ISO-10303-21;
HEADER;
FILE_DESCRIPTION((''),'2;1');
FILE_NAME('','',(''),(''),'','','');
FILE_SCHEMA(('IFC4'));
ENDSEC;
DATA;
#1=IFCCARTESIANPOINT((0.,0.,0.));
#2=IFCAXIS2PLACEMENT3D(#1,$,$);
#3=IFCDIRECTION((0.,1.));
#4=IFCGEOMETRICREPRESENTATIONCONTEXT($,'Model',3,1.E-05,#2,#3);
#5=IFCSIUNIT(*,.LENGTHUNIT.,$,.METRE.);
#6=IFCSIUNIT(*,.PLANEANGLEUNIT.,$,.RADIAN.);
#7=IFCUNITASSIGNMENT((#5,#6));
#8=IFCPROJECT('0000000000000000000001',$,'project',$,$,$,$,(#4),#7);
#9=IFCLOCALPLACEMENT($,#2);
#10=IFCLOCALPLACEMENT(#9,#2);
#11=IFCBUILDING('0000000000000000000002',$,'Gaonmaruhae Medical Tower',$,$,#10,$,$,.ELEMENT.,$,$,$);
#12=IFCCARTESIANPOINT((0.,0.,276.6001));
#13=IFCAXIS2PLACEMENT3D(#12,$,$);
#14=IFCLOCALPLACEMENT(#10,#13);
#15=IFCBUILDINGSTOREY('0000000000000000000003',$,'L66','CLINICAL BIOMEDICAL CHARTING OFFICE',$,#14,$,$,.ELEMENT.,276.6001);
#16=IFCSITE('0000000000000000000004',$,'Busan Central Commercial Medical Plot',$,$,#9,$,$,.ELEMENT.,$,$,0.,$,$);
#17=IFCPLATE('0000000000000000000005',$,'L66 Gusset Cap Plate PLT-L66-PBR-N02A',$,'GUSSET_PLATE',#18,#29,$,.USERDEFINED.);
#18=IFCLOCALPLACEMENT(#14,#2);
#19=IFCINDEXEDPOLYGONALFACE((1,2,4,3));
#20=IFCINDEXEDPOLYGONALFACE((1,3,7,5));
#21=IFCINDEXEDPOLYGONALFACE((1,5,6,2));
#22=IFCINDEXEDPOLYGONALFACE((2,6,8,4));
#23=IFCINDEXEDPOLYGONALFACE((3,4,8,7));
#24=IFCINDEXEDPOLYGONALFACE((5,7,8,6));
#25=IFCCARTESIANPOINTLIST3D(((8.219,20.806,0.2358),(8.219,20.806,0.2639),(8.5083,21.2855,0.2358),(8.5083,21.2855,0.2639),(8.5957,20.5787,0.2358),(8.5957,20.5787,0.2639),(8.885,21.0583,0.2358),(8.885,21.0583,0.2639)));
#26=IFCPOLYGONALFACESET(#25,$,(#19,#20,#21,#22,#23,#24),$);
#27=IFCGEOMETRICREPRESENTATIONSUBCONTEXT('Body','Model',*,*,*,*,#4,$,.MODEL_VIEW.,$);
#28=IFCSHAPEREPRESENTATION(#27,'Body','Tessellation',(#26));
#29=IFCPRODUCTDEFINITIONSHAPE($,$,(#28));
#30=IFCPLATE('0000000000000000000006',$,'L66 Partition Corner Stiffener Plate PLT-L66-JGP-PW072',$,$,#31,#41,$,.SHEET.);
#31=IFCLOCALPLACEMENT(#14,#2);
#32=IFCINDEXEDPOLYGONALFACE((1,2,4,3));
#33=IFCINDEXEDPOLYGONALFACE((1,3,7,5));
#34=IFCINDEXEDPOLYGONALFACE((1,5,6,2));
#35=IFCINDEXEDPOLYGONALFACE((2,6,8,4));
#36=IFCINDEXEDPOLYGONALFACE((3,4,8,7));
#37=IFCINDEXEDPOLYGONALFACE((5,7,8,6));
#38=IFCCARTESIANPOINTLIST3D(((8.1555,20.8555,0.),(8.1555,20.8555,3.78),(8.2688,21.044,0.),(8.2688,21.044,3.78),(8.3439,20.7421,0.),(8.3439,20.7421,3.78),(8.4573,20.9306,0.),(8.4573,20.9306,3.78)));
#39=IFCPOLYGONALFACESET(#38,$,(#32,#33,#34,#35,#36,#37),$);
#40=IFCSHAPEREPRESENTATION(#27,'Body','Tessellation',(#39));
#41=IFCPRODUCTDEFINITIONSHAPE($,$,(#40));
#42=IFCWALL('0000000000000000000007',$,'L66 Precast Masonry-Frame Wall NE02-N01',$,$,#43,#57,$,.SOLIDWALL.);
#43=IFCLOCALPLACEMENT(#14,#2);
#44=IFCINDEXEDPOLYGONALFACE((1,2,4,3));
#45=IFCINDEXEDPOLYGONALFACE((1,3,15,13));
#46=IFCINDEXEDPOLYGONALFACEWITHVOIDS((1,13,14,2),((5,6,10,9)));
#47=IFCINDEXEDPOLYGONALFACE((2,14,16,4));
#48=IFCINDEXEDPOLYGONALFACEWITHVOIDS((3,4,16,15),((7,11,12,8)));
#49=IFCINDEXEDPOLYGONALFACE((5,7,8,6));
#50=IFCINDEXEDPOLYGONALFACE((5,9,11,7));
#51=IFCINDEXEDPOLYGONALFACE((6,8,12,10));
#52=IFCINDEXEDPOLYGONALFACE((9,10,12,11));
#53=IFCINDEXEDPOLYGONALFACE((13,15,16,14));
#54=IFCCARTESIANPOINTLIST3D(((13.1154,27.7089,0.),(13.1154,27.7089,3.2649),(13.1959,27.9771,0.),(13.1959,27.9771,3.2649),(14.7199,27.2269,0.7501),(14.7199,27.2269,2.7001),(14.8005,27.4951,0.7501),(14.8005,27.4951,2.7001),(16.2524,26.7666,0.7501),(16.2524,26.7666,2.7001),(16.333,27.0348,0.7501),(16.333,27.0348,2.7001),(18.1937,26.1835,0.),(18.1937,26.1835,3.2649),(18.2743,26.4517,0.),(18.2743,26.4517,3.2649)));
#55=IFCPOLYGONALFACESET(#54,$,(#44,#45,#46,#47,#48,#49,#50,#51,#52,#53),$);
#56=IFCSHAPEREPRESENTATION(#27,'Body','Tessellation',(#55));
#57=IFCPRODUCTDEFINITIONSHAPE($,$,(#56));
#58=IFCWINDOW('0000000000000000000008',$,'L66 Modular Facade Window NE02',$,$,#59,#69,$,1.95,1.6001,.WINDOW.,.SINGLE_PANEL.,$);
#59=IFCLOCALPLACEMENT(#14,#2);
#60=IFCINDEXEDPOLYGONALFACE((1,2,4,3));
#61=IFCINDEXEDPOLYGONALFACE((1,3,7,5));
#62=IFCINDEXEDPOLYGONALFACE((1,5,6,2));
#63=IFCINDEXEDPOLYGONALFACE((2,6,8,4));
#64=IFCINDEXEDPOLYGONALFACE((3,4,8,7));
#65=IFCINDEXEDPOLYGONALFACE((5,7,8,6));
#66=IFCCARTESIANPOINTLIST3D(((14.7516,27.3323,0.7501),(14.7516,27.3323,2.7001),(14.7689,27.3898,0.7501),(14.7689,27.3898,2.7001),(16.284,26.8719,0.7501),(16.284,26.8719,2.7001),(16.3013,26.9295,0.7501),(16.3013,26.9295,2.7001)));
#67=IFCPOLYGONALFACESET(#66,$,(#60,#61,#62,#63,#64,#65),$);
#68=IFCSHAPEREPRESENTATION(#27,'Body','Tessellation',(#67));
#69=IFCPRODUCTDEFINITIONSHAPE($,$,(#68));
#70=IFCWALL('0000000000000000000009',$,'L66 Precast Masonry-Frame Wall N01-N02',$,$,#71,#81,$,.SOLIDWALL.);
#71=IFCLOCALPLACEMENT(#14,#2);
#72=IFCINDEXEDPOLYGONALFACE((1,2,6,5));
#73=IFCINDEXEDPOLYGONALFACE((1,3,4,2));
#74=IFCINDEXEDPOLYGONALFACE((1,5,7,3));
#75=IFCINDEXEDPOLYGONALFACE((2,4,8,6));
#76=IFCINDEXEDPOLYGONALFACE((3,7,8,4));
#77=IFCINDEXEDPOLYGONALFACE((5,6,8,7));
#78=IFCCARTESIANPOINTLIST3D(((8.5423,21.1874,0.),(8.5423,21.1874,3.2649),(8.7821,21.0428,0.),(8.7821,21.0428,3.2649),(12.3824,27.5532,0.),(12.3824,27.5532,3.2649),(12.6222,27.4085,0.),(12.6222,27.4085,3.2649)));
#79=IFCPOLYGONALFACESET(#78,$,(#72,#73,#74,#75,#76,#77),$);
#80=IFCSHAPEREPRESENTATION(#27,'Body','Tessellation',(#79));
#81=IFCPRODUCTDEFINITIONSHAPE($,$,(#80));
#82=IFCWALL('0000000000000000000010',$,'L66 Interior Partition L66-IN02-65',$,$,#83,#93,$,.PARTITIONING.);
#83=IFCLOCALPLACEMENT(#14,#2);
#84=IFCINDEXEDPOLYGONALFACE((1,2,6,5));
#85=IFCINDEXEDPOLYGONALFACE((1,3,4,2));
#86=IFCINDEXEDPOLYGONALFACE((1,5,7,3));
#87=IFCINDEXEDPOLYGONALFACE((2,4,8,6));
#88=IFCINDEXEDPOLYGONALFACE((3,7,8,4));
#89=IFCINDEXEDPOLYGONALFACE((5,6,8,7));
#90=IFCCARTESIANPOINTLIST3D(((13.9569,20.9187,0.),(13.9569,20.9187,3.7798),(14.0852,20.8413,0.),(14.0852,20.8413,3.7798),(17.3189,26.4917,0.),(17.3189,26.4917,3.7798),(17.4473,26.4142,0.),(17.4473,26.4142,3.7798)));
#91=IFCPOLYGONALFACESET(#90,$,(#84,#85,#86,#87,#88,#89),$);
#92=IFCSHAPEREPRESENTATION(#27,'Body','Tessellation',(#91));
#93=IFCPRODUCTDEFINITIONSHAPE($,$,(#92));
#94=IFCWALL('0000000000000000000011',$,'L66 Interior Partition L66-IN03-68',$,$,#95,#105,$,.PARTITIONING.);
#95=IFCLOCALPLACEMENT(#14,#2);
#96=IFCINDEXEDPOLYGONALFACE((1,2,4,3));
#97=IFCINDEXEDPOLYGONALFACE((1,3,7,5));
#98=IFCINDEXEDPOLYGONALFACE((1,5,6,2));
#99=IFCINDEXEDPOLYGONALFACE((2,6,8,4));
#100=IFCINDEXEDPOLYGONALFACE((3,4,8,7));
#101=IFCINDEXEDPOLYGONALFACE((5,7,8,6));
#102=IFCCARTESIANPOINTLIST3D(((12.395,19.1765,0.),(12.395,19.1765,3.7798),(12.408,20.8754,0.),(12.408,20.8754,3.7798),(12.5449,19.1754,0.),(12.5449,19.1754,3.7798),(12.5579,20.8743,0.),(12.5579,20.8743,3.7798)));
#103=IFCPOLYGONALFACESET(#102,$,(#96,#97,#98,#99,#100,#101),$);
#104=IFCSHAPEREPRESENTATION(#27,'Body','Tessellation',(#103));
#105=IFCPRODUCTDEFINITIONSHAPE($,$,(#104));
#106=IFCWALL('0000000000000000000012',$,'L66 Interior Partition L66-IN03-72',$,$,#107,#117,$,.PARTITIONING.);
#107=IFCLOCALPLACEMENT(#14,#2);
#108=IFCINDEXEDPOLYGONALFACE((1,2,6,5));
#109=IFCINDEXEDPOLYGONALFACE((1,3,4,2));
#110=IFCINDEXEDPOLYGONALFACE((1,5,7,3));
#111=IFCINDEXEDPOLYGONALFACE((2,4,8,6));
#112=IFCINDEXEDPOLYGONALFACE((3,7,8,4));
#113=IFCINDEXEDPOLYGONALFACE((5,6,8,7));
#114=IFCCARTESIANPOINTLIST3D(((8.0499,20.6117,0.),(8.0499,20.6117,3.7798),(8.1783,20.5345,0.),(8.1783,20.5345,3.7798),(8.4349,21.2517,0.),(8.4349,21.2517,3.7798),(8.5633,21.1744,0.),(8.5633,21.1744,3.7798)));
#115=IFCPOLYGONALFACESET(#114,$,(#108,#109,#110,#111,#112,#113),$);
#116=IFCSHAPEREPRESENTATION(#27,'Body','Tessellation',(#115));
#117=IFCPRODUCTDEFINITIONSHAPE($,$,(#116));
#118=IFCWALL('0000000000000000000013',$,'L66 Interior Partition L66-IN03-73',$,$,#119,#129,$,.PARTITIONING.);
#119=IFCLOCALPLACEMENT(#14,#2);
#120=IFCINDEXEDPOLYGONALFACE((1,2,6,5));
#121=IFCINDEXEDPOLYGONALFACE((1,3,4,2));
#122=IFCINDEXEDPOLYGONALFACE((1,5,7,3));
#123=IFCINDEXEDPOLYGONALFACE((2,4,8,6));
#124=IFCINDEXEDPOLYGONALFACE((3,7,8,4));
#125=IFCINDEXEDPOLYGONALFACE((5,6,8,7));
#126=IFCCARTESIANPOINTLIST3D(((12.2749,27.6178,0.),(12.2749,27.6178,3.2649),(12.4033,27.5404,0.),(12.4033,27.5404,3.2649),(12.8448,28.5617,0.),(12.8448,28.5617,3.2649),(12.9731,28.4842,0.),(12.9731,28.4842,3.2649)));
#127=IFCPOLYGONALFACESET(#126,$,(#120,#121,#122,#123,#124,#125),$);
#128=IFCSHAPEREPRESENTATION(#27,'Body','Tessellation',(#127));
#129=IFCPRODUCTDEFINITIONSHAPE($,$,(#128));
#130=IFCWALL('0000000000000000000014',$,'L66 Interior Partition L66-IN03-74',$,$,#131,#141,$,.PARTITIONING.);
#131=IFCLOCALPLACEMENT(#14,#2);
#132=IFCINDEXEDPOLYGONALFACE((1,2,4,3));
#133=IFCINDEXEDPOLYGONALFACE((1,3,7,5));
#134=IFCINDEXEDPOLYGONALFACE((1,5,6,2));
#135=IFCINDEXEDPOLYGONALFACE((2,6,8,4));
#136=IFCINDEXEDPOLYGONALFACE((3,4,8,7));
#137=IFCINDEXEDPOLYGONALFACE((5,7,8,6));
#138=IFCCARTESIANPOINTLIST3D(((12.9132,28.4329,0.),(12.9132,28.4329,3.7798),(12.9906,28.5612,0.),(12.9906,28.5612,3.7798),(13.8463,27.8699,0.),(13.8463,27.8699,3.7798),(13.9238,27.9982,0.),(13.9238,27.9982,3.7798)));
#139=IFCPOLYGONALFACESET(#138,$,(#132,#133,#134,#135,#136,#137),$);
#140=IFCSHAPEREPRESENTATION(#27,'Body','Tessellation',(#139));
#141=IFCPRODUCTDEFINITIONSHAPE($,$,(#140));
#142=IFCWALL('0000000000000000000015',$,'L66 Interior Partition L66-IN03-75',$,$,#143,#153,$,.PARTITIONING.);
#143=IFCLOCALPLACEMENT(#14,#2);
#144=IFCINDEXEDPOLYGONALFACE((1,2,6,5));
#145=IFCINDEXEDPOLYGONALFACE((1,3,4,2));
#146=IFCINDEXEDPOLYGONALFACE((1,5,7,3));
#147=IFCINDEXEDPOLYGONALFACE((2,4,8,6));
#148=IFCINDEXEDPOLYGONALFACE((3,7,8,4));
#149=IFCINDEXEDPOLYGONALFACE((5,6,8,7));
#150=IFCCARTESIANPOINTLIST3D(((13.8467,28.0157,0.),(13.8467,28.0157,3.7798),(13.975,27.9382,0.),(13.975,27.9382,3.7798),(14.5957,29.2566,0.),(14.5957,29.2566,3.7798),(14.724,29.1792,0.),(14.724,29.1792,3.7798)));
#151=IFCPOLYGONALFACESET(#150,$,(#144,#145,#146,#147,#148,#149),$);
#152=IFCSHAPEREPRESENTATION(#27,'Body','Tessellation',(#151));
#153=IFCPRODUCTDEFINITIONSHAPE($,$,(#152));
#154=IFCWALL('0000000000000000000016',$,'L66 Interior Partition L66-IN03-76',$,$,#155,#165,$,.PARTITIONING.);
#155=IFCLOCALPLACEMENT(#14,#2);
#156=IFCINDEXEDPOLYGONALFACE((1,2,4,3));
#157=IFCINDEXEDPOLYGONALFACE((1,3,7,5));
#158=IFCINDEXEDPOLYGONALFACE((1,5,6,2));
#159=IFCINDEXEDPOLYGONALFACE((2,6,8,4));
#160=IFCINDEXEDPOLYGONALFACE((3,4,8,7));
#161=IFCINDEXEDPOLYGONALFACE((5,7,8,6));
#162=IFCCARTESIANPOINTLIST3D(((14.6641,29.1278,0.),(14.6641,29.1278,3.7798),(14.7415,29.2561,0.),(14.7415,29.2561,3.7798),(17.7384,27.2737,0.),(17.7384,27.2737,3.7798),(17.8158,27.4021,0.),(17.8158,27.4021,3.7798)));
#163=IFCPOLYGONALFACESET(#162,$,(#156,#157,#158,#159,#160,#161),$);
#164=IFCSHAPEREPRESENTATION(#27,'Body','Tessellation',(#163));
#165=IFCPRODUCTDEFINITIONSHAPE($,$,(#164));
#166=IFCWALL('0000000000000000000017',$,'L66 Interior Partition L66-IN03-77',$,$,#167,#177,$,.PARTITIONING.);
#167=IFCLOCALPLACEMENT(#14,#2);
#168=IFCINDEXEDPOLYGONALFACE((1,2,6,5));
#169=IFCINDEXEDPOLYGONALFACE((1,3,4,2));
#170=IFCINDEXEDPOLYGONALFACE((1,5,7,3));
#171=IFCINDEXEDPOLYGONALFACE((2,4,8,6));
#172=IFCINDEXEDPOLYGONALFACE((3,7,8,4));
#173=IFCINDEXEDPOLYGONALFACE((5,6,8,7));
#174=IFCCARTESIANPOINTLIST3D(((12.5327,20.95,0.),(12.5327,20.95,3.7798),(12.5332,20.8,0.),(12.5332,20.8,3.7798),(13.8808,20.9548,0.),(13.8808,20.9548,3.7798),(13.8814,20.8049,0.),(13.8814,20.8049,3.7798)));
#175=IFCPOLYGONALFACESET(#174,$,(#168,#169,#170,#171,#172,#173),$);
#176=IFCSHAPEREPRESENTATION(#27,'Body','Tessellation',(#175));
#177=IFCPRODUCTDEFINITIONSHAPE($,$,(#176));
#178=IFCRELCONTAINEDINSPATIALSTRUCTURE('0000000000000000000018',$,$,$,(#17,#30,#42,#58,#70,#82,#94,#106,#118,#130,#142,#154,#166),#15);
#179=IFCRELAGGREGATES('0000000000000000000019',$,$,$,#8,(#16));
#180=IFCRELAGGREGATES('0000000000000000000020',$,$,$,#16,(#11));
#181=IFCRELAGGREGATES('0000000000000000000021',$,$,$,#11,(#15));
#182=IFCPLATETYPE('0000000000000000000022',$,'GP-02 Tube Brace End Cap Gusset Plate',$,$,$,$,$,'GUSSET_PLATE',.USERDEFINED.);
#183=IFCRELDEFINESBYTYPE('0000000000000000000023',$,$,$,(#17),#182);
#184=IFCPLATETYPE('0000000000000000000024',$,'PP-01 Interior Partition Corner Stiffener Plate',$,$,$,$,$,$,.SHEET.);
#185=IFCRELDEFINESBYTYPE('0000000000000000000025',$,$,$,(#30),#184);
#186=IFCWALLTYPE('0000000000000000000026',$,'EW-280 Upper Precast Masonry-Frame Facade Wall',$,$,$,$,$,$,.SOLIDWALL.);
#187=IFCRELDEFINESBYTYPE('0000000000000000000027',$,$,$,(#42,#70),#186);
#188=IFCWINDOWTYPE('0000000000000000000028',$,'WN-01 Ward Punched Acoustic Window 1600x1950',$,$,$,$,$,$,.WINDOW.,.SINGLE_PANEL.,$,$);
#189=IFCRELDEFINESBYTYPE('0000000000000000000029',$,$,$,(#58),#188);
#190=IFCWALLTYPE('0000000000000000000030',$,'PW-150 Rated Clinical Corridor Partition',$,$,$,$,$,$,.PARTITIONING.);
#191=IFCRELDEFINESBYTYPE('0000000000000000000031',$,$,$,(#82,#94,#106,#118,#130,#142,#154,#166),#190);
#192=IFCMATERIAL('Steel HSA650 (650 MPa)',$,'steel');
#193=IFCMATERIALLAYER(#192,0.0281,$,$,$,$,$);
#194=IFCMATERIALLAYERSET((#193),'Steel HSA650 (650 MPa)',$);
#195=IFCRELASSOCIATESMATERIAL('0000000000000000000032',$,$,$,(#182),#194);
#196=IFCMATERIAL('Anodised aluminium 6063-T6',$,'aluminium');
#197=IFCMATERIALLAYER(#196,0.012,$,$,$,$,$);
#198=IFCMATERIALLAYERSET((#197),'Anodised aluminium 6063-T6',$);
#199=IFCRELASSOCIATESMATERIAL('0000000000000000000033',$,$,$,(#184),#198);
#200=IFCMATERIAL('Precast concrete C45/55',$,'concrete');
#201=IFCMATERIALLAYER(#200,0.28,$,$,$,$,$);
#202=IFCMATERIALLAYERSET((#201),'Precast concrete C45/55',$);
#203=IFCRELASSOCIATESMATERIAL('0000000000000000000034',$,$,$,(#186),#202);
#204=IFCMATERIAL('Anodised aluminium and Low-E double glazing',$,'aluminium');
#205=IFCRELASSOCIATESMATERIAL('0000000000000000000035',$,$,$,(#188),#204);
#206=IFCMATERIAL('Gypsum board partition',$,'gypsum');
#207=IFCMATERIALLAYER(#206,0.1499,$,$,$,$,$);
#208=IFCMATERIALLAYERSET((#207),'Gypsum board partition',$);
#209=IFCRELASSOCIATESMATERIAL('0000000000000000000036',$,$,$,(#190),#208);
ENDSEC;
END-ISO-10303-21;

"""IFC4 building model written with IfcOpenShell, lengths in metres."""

from ifc_helpers import new_model, si_unit, direction, frame, frame_2d, origin, origin_2d, place, context, subcontext, project, spatial, rectangle, extrude, material, layer, layer_set, type_object, element, fill, save


model = new_model("IFC4")

# Units and contexts
model_context = context("Model", 3, precision=1e-05, world=origin(), true_north=direction((0.0, 1.0)))
body_context = subcontext(model_context, "Body", "Model", "MODEL_VIEW")
ifc_project = project(units=[si_unit("LENGTHUNIT", "METRE"), si_unit("PLANEANGLEUNIT", "RADIAN")], contexts=[model_context])

# Site, building, storey
site_placement = place(None, origin())
site = spatial("IfcSite", under=ifc_project, at=site_placement, Name="Busan Central Commercial Medical Plot", CompositionType="ELEMENT", RefElevation=0.0)
building_placement = place(site_placement, origin())
building = spatial("IfcBuilding", under=site, at=building_placement, Name="Gaonmaruhae Medical Tower", CompositionType="ELEMENT")
storey_placement = place(building_placement, frame((0.0, 0.0, 276.6001)))
storey = spatial("IfcBuildingStorey", under=building, at=storey_placement, Name="L66", Description="CLINICAL BIOMEDICAL CHARTING OFFICE", CompositionType="ELEMENT", Elevation=276.6001)

# Plates
ifc_material_1 = material(Name="Steel HSA650 (650 MPa)", Category="steel")
ifc_layer_1 = layer(ifc_material_1, 0.0281)
ifc_layer_set_1 = layer_set([ifc_layer_1], Name="Steel HSA650 (650 MPa)")
plate_type_1 = type_object("IfcPlateType", Name="GP-02 Tube Brace End Cap Gusset Plate", ElementType="GUSSET_PLATE", PredefinedType="USERDEFINED", material=ifc_layer_set_1)
plate_1_placement = place(storey_placement, frame((8.552, 20.9321, 0.2358), z_axis=(0.0, 0.0, 1.0), x_axis=(0.516533, 0.856267, 0.0)))
element("IfcPlate", 1, at=plate_1_placement, inside=storey, type_object=plate_type_1, Name="L66 Gusset Cap Plate PLT-L66-PBR-N02A", ObjectType="GUSSET_PLATE", PredefinedType="USERDEFINED", context=body_context, shape_type="SweptSolid", body=[
    extrude(rectangle(XDim=0.5601, YDim=0.4399, at=origin_2d()), origin(), (0.0, 0.0, 1.0), 0.0281),
])
ifc_material_2 = material(Name="Anodised aluminium 6063-T6", Category="aluminium")
ifc_layer_2 = layer(ifc_material_2, 0.012)
ifc_layer_set_2 = layer_set([ifc_layer_2], Name="Anodised aluminium 6063-T6")
plate_type_2 = type_object("IfcPlateType", Name="PP-01 Interior Partition Corner Stiffener Plate", PredefinedType="SHEET", material=ifc_layer_set_2)
plate_2_placement = place(storey_placement, frame((8.3064, 20.8931, 0.0), z_axis=(0.0, 0.0, 1.0), x_axis=(0.515487, 0.856898, 0.0)))
element("IfcPlate", 2, at=plate_2_placement, inside=storey, type_object=plate_type_2, Name="L66 Partition Corner Stiffener Plate PLT-L66-JGP-PW072", PredefinedType="SHEET", context=body_context, shape_type="SweptSolid", body=[
    extrude(rectangle(XDim=0.22, YDim=0.22, at=origin_2d()), origin(), (0.0, 0.0, 1.0), 3.78),
])

# Wall, opening, window
ifc_material_3 = material(Name="Precast concrete C45/55", Category="concrete")
ifc_layer_3 = layer(ifc_material_3, 0.28)
ifc_layer_set_3 = layer_set([ifc_layer_3], Name="Precast concrete C45/55")
wall_type_1 = type_object("IfcWallType", Name="EW-280 Upper Precast Masonry-Frame Facade Wall", PredefinedType="SOLIDWALL", material=ifc_layer_set_3)
wall_1_placement = place(storey_placement, frame((13.1555, 27.843, 0.0), z_axis=(0.0, 0.0, 1.0), x_axis=(0.957729, -0.287673, 0.0)))
wall_1 = element("IfcWall", 3, at=wall_1_placement, inside=storey, type_object=wall_type_1, Name="L66 Precast Masonry-Frame Wall NE02-N01", PredefinedType="SOLIDWALL", context=body_context, shape_type="SweptSolid", body=[
    extrude(rectangle(XDim=5.3025, YDim=0.28, at=frame_2d((2.6514, 0.0))), origin(), (0.0, 0.0, 1.0), 3.2649),
])
opening_placement = place(wall_1_placement, frame((1.6755, 0.0, 0.75)))
opening = element("IfcOpeningElement", 4, at=opening_placement, cuts=wall_1, PredefinedType="OPENING", context=body_context, shape_type="SweptSolid", body=[
    extrude(rectangle(XDim=1.6001, YDim=1.95, at=frame_2d((0.8, 0.9751))), frame((0.0, 0.1499, 0.0), z_axis=(0.0, -1.0, 0.0), x_axis=(1.0, 0.0, 0.0)), (0.0, 0.0, 1.0), 0.3),
])
ifc_material_4 = material(Name="Anodised aluminium and Low-E double glazing", Category="aluminium")
window_type = type_object("IfcWindowType", Name="WN-01 Ward Punched Acoustic Window 1600x1950", PartitioningType="SINGLE_PANEL", PredefinedType="WINDOW", material=ifc_material_4)
window_placement = place(opening_placement, origin())
window = element("IfcWindow", 5, at=window_placement, inside=storey, type_object=window_type, Name="L66 Modular Facade Window NE02", OverallHeight=1.95, OverallWidth=1.6001, PartitioningType="SINGLE_PANEL", PredefinedType="WINDOW", context=body_context, shape_type="SweptSolid", body=[
    extrude(rectangle(XDim=1.6001, YDim=1.95, at=frame_2d((0.8, 0.9751))), frame((0.0, 0.03, 0.0), z_axis=(0.0, -1.0, 0.0), x_axis=(1.0, 0.0, 0.0)), (0.0, 0.0, 1.0), 0.0601),
])
fill(opening, window)

# Walls
wall_2_placement = place(storey_placement, frame((8.6621, 21.115, 0.0), z_axis=(0.0, 0.0, 1.0), x_axis=(0.516537, 0.856265, 0.0)))
element("IfcWall", 6, at=wall_2_placement, inside=storey, type_object=wall_type_1, Name="L66 Precast Masonry-Frame Wall N01-N02", PredefinedType="SOLIDWALL", context=body_context, shape_type="SweptSolid", body=[
    extrude(rectangle(XDim=7.4343, YDim=0.28, at=frame_2d((3.7173, 0.0))), origin(), (0.0, 0.0, 1.0), 3.2649),
])
ifc_material_5 = material(Name="Gypsum board partition", Category="gypsum")
ifc_layer_4 = layer(ifc_material_5, 0.1499)
ifc_layer_set_4 = layer_set([ifc_layer_4], Name="Gypsum board partition")
wall_type_2 = type_object("IfcWallType", Name="PW-150 Rated Clinical Corridor Partition", PredefinedType="PARTITIONING", material=ifc_layer_set_4)
wall_3_placement = place(storey_placement, frame((14.021, 20.8799, 0.0), z_axis=(0.0, 0.0, 1.0), x_axis=(0.516557, 0.856253, 0.0)))
element("IfcWall", 7, at=wall_3_placement, inside=storey, type_object=wall_type_2, Name="L66 Interior Partition L66-IN02-65", PredefinedType="PARTITIONING", context=body_context, shape_type="SweptSolid", body=[
    extrude(rectangle(XDim=6.5085, YDim=0.1499, at=frame_2d((3.2544, 0.0))), origin(), (0.0, 0.0, 1.0), 3.7798),
])
wall_4_placement = place(storey_placement, frame((12.4829, 20.875, 0.0), z_axis=(0.0, 0.0, 1.0), x_axis=(-0.007616, -0.999971, 0.0)))
element("IfcWall", 8, at=wall_4_placement, inside=storey, type_object=wall_type_2, Name="L66 Interior Partition L66-IN03-68", PredefinedType="PARTITIONING", context=body_context, shape_type="SweptSolid", body=[
    extrude(rectangle(XDim=1.699, YDim=0.1499, at=frame_2d((0.8496, 0.0))), origin(), (0.0, 0.0, 1.0), 3.7798),
])
wall_5_placement = place(storey_placement, frame((8.114, 20.573, 0.0), z_axis=(0.0, 0.0, 1.0), x_axis=(0.515553, 0.856858, 0.0)))
element("IfcWall", 9, at=wall_5_placement, inside=storey, type_object=wall_type_2, Name="L66 Interior Partition L66-IN03-72", PredefinedType="PARTITIONING", context=body_context, shape_type="SweptSolid", body=[
    extrude(rectangle(XDim=0.7468, YDim=0.1499, at=frame_2d((0.3735, 0.0))), origin(), (0.0, 0.0, 1.0), 3.7798),
])
wall_6_placement = place(storey_placement, frame((12.3391, 27.5791, 0.0), z_axis=(0.0, 0.0, 1.0), x_axis=(0.516838, 0.856083, 0.0)))
element("IfcWall", 10, at=wall_6_placement, inside=storey, type_object=wall_type_2, Name="L66 Interior Partition L66-IN03-73", PredefinedType="PARTITIONING", context=body_context, shape_type="SweptSolid", body=[
    extrude(rectangle(XDim=1.1025, YDim=0.1499, at=frame_2d((0.5513, 0.0))), origin(), (0.0, 0.0, 1.0), 3.2649),
])
wall_7_placement = place(storey_placement, frame((12.9519, 28.4971, 0.0), z_axis=(0.0, 0.0, 1.0), x_axis=(0.856225, -0.516603, 0.0)))
element("IfcWall", 11, at=wall_7_placement, inside=storey, type_object=wall_type_2, Name="L66 Interior Partition L66-IN03-74", PredefinedType="PARTITIONING", context=body_context, shape_type="SweptSolid", body=[
    extrude(rectangle(XDim=1.0898, YDim=0.1499, at=frame_2d((0.5449, 0.0))), origin(), (0.0, 0.0, 1.0), 3.7798),
])
wall_8_placement = place(storey_placement, frame((13.9109, 27.9771, 0.0), z_axis=(0.0, 0.0, 1.0), x_axis=(0.516748, 0.856138, 0.0)))
element("IfcWall", 12, at=wall_8_placement, inside=storey, type_object=wall_type_2, Name="L66 Interior Partition L66-IN03-75", PredefinedType="PARTITIONING", context=body_context, shape_type="SweptSolid", body=[
    extrude(rectangle(XDim=1.4495, YDim=0.1499, at=frame_2d((0.7246, 0.0))), origin(), (0.0, 0.0, 1.0), 3.7798),
])
wall_9_placement = place(storey_placement, frame((14.7029, 29.1919, 0.0), z_axis=(0.0, 0.0, 1.0), x_axis=(0.856327, -0.516435, 0.0)))
element("IfcWall", 13, at=wall_9_placement, inside=storey, type_object=wall_type_2, Name="L66 Interior Partition L66-IN03-76", PredefinedType="PARTITIONING", context=body_context, shape_type="SweptSolid", body=[
    extrude(rectangle(XDim=3.5901, YDim=0.1499, at=frame_2d((1.7949, 0.0))), origin(), (0.0, 0.0, 1.0), 3.7798),
])
wall_10_placement = place(storey_placement, frame((13.8811, 20.8799, 0.0), z_axis=(0.0, 0.0, 1.0), x_axis=(-0.999993, -0.003622, 0.0)))
element("IfcWall", 14, at=wall_10_placement, inside=storey, type_object=wall_type_2, Name="L66 Interior Partition L66-IN03-77", PredefinedType="PARTITIONING", context=body_context, shape_type="SweptSolid", body=[
    extrude(rectangle(XDim=1.3481, YDim=0.1499, at=frame_2d((0.6741, 0.0))), origin(), (0.0, 0.0, 1.0), 3.7798),
])

save(model, "model.ifc")
